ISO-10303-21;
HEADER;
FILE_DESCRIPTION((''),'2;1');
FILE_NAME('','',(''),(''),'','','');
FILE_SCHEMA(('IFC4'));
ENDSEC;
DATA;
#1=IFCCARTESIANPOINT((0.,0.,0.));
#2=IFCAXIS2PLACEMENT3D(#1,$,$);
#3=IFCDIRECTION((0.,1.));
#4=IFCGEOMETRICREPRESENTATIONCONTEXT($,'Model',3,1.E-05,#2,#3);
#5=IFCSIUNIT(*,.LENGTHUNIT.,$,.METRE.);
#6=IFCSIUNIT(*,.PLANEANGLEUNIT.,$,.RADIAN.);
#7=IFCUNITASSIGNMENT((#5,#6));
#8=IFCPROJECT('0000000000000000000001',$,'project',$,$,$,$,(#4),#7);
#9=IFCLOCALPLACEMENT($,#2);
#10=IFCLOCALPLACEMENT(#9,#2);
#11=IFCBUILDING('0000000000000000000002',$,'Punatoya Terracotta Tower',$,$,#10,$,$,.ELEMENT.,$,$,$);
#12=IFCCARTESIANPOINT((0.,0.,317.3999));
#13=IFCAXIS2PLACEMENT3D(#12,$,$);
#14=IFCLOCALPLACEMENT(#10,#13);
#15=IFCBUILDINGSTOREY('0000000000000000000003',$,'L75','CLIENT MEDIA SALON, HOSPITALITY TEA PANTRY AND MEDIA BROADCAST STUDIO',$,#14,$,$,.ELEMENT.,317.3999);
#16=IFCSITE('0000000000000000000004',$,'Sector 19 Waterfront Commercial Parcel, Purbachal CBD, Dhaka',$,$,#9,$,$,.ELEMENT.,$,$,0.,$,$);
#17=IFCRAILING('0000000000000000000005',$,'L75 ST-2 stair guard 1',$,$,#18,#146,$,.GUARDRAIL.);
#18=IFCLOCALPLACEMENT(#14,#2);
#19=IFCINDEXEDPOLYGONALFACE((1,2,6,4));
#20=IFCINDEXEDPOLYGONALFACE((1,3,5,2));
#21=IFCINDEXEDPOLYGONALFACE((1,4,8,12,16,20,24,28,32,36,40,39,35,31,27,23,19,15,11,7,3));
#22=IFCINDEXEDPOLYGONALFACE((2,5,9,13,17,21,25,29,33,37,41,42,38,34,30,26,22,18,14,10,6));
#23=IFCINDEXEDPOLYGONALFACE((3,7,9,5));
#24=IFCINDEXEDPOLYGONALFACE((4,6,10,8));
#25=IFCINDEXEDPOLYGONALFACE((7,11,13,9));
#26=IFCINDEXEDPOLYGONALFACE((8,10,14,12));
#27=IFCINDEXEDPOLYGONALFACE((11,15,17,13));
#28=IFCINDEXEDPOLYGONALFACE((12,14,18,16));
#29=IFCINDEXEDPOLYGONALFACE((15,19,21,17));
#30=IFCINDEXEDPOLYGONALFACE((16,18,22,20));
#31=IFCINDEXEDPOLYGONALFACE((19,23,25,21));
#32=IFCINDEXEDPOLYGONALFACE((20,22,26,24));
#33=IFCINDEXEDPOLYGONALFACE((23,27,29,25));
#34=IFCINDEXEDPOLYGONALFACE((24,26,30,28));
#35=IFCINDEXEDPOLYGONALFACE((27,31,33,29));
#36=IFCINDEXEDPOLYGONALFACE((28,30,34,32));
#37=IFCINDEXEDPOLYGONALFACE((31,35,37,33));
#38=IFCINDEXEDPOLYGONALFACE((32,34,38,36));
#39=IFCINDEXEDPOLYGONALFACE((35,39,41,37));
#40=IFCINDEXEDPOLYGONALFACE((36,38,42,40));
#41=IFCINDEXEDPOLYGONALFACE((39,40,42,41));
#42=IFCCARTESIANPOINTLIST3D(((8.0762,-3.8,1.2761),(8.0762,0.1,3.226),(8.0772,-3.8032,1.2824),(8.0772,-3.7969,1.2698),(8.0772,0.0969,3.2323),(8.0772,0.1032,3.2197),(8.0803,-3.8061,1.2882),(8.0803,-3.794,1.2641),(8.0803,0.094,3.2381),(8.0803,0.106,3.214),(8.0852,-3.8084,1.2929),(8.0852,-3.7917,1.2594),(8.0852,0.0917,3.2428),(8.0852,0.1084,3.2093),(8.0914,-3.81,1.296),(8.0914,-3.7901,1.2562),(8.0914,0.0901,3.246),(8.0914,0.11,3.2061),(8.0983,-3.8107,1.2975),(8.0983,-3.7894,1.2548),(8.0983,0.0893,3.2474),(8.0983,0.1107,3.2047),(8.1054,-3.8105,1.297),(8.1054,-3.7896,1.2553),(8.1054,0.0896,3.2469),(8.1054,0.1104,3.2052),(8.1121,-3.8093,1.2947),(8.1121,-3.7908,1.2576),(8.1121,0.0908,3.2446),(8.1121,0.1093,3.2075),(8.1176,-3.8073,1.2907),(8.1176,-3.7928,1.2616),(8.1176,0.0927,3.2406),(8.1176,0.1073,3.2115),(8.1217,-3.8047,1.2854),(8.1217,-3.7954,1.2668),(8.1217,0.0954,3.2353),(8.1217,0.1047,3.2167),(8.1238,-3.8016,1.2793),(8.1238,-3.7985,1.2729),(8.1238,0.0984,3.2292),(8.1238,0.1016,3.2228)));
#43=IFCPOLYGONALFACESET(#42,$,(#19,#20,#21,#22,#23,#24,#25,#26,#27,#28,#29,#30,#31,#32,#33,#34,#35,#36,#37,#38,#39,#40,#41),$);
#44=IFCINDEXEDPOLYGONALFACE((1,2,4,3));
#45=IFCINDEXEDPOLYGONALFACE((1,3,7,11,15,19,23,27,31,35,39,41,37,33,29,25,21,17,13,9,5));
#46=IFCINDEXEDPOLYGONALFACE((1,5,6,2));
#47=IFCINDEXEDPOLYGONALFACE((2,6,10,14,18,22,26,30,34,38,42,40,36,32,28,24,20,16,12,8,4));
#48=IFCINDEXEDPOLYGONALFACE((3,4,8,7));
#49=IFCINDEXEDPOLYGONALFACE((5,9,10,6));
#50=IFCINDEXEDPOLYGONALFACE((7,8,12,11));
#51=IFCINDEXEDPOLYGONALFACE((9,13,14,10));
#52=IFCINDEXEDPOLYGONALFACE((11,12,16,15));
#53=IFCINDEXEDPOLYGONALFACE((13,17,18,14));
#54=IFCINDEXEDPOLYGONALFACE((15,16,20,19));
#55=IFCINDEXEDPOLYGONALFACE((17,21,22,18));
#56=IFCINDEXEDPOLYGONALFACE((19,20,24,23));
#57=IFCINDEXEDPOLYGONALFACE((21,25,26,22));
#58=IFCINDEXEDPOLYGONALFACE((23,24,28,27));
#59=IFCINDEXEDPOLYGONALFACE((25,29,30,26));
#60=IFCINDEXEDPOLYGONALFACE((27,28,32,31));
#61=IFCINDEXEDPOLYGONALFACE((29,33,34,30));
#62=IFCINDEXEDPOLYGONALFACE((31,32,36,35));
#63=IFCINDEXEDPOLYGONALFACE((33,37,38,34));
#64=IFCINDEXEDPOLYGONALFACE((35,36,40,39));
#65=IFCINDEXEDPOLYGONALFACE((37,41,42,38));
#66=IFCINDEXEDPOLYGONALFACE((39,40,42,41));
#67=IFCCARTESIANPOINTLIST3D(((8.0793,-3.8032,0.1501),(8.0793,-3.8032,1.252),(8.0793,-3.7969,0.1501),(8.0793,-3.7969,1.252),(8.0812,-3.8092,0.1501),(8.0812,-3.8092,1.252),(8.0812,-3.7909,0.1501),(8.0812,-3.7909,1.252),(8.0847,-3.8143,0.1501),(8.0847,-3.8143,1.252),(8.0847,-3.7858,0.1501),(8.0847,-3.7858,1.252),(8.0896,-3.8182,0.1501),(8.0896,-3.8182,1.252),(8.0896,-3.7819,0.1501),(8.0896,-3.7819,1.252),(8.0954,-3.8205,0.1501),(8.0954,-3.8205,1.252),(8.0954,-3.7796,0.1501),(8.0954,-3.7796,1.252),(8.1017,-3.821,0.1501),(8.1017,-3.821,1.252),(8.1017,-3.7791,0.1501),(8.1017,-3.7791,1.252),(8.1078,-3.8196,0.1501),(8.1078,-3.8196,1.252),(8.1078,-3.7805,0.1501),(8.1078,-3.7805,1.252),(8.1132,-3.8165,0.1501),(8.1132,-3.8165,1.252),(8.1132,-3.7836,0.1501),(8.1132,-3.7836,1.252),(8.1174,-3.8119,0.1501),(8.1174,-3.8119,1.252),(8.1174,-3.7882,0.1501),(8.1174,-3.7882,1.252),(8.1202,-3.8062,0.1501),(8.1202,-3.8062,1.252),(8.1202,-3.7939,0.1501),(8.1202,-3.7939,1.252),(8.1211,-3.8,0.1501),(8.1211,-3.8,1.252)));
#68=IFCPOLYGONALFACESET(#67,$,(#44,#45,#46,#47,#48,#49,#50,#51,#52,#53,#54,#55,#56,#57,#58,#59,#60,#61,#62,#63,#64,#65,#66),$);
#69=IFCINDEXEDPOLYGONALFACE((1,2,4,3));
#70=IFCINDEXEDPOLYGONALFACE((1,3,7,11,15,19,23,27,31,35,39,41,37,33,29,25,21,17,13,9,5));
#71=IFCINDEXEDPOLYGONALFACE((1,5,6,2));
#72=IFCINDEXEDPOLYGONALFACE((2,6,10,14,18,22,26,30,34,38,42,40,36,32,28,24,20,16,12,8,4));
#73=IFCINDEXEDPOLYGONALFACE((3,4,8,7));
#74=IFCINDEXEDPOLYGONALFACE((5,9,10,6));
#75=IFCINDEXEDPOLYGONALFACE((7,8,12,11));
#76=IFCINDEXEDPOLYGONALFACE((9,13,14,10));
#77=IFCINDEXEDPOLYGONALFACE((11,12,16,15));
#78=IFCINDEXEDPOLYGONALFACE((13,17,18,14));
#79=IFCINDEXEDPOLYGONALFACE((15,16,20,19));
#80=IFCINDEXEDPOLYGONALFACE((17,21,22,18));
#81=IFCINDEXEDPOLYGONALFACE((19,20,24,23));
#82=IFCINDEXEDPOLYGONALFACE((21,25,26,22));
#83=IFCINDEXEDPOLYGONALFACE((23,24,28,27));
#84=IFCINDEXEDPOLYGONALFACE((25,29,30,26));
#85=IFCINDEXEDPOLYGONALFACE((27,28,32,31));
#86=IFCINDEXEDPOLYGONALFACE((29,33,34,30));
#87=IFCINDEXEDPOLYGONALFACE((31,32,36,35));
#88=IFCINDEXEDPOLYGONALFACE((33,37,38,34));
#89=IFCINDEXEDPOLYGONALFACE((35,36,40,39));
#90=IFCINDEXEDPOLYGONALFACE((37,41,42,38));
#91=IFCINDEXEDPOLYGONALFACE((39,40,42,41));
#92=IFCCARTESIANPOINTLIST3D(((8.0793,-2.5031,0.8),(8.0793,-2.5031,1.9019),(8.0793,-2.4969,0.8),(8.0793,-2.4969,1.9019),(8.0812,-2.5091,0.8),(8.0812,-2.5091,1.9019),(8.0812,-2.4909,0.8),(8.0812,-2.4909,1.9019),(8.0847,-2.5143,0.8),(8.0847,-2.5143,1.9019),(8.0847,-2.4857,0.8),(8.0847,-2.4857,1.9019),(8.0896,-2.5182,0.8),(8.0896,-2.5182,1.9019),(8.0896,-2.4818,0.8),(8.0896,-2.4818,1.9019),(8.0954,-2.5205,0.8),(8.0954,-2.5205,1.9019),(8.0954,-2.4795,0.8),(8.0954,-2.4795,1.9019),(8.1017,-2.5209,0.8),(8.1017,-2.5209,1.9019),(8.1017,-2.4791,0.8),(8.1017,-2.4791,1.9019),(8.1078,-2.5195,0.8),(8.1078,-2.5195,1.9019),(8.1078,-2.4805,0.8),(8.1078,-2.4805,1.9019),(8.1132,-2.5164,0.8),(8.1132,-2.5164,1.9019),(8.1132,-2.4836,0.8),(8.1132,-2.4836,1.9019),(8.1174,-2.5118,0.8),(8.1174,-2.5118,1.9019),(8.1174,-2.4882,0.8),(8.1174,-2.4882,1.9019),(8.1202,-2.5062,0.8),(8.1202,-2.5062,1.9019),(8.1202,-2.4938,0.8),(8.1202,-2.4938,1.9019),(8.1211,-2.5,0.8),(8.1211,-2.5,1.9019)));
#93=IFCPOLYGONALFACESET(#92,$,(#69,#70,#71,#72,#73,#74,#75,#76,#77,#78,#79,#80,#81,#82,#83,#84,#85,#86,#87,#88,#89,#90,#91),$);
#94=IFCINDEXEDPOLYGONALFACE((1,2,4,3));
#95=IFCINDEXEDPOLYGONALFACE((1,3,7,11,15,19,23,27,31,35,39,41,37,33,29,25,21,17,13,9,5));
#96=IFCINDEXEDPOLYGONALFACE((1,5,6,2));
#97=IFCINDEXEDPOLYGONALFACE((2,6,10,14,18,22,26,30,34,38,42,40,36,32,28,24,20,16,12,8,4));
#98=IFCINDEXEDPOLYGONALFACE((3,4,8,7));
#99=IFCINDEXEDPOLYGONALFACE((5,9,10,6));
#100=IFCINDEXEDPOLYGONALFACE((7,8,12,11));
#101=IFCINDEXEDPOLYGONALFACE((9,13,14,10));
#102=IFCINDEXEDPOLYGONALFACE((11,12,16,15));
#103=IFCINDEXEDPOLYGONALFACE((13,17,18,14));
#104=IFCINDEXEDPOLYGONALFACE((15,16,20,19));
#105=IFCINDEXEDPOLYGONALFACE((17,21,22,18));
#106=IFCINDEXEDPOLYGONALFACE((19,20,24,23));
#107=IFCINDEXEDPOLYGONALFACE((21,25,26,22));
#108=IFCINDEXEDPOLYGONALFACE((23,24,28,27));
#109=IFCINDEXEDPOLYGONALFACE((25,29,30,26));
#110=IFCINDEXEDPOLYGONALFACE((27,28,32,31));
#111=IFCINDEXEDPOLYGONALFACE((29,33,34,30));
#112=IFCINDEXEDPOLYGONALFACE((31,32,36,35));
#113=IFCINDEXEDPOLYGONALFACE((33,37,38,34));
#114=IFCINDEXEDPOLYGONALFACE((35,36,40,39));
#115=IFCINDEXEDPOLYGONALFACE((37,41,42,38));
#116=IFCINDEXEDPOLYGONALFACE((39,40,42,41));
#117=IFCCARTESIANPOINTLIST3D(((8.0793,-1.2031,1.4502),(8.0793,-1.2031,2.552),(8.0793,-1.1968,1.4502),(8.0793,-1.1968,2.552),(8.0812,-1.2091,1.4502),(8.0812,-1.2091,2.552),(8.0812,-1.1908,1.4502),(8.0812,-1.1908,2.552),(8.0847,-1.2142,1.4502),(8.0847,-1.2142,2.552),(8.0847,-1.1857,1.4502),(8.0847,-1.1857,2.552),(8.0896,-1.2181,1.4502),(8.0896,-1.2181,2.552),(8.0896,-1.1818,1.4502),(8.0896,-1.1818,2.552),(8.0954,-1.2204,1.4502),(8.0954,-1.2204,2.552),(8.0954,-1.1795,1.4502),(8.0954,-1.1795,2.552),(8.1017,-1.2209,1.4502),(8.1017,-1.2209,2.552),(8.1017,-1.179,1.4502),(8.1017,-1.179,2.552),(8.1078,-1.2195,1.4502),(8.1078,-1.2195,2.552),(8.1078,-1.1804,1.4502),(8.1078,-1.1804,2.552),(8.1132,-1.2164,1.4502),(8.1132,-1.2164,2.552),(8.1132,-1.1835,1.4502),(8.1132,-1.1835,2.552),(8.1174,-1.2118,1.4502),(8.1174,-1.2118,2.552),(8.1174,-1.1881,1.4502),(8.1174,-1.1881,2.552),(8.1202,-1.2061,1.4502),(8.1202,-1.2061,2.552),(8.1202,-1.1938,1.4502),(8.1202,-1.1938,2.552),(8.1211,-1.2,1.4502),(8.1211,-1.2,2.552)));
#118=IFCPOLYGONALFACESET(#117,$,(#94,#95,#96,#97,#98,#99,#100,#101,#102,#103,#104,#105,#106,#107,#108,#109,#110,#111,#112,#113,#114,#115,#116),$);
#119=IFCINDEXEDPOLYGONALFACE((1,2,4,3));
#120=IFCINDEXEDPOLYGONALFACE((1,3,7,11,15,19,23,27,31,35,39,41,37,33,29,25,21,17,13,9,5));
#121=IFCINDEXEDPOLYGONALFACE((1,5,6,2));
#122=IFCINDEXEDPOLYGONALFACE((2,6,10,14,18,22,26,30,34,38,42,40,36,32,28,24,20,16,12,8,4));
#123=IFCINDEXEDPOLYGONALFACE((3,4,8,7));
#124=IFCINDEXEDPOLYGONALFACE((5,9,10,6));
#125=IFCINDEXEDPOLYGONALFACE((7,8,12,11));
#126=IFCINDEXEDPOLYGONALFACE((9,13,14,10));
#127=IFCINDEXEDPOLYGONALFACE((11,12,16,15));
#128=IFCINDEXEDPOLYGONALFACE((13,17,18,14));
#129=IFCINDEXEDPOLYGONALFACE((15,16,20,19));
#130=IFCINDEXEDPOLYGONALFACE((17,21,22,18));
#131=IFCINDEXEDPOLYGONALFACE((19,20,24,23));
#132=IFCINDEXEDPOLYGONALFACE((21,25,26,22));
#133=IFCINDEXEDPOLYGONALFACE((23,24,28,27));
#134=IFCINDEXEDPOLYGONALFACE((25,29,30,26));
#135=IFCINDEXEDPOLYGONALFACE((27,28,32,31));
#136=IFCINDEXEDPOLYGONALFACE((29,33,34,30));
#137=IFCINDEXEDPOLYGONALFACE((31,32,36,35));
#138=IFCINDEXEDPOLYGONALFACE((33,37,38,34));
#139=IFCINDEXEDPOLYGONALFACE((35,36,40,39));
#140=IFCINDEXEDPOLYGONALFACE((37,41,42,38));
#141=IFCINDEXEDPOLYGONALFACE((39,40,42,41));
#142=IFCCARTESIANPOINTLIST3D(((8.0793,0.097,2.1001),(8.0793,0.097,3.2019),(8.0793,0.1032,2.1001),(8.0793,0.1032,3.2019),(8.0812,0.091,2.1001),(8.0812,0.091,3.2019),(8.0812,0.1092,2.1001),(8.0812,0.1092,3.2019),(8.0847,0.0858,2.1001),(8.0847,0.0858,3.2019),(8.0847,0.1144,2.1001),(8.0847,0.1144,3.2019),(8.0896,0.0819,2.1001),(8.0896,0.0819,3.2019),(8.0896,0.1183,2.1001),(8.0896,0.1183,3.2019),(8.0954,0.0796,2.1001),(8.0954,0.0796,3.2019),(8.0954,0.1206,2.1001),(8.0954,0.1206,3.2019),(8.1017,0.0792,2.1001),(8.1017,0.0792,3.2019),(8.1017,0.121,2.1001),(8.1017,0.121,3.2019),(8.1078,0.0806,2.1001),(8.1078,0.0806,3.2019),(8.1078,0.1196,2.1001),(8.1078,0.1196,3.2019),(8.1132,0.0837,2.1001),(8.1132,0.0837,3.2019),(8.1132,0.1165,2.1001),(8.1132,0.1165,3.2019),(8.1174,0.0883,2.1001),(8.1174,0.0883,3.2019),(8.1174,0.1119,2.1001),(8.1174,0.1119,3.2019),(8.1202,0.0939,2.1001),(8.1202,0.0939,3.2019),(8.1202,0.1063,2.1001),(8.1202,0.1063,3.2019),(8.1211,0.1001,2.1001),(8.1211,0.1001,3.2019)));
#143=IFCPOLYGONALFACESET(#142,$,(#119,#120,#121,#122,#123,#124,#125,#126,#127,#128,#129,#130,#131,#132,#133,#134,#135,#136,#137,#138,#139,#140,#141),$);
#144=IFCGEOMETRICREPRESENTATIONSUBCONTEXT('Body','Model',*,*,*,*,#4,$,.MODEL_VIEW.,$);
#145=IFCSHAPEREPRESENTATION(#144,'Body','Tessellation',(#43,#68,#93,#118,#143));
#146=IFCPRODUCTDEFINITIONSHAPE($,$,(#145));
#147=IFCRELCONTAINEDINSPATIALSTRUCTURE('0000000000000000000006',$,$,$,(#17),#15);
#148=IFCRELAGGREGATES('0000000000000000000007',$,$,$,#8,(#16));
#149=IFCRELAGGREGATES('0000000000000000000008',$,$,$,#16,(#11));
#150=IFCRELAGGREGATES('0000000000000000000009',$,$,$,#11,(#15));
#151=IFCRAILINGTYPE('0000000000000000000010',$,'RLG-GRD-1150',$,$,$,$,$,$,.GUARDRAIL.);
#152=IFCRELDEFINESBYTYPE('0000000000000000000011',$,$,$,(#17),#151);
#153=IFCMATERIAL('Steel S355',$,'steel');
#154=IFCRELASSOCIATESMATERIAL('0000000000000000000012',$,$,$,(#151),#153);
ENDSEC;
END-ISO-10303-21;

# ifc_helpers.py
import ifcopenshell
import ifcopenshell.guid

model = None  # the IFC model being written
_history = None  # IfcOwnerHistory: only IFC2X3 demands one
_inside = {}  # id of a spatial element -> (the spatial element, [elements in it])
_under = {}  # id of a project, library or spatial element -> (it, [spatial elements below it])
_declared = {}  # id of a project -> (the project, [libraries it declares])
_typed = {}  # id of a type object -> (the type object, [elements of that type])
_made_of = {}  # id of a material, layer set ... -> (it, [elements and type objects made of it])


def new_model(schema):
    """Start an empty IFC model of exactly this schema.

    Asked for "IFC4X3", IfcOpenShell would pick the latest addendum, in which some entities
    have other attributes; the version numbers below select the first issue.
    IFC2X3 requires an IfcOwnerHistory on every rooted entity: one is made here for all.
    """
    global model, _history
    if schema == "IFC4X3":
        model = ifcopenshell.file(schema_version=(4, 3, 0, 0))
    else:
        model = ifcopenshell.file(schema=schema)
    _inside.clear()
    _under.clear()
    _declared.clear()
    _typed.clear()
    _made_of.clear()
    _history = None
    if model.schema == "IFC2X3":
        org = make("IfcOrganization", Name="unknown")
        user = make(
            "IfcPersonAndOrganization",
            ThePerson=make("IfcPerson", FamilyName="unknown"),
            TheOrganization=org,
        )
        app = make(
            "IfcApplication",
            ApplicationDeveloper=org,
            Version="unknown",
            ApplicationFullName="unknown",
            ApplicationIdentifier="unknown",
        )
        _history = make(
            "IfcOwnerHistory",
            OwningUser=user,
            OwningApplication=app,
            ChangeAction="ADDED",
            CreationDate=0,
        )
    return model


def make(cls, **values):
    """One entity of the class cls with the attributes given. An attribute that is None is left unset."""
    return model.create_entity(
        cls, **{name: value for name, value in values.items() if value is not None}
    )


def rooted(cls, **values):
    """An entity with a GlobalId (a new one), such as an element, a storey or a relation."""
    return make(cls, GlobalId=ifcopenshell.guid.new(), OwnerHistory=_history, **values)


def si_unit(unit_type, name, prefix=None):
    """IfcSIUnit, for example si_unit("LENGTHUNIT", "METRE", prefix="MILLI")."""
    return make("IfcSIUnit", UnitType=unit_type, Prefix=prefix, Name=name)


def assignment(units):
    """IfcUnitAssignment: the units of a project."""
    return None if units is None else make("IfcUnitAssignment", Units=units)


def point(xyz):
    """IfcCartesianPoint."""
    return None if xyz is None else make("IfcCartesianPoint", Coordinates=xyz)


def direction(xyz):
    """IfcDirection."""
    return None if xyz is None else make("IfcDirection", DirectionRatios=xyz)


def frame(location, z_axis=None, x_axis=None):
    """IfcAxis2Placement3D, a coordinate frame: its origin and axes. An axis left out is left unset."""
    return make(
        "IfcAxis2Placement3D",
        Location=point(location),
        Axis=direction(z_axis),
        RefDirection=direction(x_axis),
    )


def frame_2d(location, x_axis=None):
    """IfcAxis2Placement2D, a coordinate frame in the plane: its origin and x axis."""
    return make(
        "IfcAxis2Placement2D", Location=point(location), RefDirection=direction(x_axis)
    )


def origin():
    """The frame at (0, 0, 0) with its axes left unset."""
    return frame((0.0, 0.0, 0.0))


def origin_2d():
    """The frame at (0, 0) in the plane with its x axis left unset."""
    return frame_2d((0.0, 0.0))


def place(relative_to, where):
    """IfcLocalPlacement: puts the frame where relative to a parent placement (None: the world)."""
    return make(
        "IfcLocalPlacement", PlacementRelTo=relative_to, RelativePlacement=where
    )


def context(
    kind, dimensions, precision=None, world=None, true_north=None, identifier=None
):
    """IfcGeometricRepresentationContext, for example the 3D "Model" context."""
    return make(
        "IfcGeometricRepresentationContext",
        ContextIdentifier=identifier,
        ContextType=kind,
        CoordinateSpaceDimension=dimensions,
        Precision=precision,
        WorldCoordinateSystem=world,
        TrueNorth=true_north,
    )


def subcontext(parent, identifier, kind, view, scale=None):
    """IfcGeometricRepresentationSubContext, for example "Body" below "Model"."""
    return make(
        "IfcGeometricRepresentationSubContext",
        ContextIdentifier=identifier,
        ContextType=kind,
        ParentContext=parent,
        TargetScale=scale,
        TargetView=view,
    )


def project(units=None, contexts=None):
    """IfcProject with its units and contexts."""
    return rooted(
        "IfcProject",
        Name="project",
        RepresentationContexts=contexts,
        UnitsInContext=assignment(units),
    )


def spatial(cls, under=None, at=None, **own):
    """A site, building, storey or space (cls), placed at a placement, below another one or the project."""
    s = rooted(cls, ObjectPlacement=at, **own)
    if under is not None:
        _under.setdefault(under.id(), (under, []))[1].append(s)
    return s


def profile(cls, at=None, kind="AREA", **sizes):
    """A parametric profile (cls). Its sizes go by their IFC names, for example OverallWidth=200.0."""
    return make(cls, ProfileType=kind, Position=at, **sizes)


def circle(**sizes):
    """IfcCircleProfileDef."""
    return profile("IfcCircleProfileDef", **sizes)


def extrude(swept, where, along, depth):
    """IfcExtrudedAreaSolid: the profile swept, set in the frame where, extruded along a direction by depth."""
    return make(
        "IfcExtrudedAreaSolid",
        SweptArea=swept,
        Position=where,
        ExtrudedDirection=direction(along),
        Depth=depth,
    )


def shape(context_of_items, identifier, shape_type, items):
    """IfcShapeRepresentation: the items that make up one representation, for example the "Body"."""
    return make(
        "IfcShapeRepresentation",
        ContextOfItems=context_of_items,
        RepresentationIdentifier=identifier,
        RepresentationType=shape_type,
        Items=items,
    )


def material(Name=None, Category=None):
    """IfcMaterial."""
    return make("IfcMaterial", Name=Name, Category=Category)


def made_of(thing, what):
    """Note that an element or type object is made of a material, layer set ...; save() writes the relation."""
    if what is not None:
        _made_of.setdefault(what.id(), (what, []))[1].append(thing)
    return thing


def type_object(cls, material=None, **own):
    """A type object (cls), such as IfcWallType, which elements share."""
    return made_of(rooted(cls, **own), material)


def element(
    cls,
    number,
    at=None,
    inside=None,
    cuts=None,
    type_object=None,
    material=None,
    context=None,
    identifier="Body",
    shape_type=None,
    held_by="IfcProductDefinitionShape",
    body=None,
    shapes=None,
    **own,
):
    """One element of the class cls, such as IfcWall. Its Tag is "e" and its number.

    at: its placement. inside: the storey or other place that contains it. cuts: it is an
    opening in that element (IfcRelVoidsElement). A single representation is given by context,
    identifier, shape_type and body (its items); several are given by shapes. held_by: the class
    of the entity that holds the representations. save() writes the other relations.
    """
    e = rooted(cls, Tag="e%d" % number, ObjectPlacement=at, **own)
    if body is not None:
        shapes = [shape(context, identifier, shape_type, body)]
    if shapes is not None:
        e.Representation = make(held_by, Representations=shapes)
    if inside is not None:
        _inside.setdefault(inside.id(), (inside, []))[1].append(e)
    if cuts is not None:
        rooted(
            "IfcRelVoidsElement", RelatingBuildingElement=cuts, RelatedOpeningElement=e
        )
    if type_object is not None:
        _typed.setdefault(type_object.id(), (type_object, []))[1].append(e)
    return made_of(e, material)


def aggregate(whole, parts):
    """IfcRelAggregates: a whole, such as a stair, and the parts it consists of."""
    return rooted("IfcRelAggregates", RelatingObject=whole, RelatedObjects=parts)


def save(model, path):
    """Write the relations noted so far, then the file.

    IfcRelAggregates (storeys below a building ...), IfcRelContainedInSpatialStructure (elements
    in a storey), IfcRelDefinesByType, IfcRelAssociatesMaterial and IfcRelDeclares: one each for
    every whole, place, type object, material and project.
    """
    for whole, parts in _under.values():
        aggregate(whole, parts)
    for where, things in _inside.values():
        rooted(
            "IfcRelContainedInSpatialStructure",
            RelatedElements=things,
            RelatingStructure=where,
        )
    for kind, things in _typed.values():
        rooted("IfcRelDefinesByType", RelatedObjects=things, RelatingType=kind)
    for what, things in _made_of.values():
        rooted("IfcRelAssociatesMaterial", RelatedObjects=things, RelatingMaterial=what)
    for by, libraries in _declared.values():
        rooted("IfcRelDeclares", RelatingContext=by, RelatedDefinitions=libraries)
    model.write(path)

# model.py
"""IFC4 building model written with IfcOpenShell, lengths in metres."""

from ifc_helpers import new_model, si_unit, direction, frame, origin, origin_2d, place, context, subcontext, project, spatial, circle, extrude, material, type_object, element, save


model = new_model("IFC4")

# Units and contexts
model_context = context("Model", 3, precision=1e-05, world=origin(), true_north=direction((0.0, 1.0)))
body_context = subcontext(model_context, "Body", "Model", "MODEL_VIEW")
ifc_project = project(units=[si_unit("LENGTHUNIT", "METRE"), si_unit("PLANEANGLEUNIT", "RADIAN")], contexts=[model_context])

# Site, building, storey
site_placement = place(None, origin())
site = spatial("IfcSite", under=ifc_project, at=site_placement, Name="Sector 19 Waterfront Commercial Parcel, Purbachal CBD, Dhaka", CompositionType="ELEMENT", RefElevation=0.0)
building_placement = place(site_placement, origin())
building = spatial("IfcBuilding", under=site, at=building_placement, Name="Punatoya Terracotta Tower", CompositionType="ELEMENT")
storey_placement = place(building_placement, frame((0.0, 0.0, 317.3999)))
storey = spatial("IfcBuildingStorey", under=building, at=storey_placement, Name="L75", Description="CLIENT MEDIA SALON, HOSPITALITY TEA PANTRY AND MEDIA BROADCAST STUDIO", CompositionType="ELEMENT", Elevation=317.3999)

# Railing
ifc_material_1 = material(Name="Steel S355", Category="steel")
railing_type_1 = type_object("IfcRailingType", Name="RLG-GRD-1150", PredefinedType="GUARDRAIL", material=ifc_material_1)
railing_1_placement = place(storey_placement, frame((8.1001, -3.8, 0.1501)))
element("IfcRailing", 1, at=railing_1_placement, inside=storey, type_object=railing_type_1, Name="L75 ST-2 stair guard 1", PredefinedType="GUARDRAIL", context=body_context, shape_type="SweptSolid", body=[
    extrude(circle(Radius=0.0239, at=origin_2d()), frame((0.0, 0.0, 1.126), z_axis=(0.0, 0.894438, 0.447191), x_axis=(-1.0, 0.0, 0.0)), (0.0, 0.0, 1.0), 4.3604),
    extrude(circle(Radius=0.021, at=origin_2d()), origin(), (0.0, 0.0, 1.0), 1.1018),
    extrude(circle(Radius=0.021, at=origin_2d()), frame((0.0, 1.3, 0.6499)), (0.0, 0.0, 1.0), 1.1018),
    extrude(circle(Radius=0.021, at=origin_2d()), frame((0.0, 2.6001, 1.3)), (0.0, 0.0, 1.0), 1.1018),
    extrude(circle(Radius=0.021, at=origin_2d()), frame((0.0, 3.9001, 1.95)), (0.0, 0.0, 1.0), 1.1018),
])

save(model, "model.ifc")
